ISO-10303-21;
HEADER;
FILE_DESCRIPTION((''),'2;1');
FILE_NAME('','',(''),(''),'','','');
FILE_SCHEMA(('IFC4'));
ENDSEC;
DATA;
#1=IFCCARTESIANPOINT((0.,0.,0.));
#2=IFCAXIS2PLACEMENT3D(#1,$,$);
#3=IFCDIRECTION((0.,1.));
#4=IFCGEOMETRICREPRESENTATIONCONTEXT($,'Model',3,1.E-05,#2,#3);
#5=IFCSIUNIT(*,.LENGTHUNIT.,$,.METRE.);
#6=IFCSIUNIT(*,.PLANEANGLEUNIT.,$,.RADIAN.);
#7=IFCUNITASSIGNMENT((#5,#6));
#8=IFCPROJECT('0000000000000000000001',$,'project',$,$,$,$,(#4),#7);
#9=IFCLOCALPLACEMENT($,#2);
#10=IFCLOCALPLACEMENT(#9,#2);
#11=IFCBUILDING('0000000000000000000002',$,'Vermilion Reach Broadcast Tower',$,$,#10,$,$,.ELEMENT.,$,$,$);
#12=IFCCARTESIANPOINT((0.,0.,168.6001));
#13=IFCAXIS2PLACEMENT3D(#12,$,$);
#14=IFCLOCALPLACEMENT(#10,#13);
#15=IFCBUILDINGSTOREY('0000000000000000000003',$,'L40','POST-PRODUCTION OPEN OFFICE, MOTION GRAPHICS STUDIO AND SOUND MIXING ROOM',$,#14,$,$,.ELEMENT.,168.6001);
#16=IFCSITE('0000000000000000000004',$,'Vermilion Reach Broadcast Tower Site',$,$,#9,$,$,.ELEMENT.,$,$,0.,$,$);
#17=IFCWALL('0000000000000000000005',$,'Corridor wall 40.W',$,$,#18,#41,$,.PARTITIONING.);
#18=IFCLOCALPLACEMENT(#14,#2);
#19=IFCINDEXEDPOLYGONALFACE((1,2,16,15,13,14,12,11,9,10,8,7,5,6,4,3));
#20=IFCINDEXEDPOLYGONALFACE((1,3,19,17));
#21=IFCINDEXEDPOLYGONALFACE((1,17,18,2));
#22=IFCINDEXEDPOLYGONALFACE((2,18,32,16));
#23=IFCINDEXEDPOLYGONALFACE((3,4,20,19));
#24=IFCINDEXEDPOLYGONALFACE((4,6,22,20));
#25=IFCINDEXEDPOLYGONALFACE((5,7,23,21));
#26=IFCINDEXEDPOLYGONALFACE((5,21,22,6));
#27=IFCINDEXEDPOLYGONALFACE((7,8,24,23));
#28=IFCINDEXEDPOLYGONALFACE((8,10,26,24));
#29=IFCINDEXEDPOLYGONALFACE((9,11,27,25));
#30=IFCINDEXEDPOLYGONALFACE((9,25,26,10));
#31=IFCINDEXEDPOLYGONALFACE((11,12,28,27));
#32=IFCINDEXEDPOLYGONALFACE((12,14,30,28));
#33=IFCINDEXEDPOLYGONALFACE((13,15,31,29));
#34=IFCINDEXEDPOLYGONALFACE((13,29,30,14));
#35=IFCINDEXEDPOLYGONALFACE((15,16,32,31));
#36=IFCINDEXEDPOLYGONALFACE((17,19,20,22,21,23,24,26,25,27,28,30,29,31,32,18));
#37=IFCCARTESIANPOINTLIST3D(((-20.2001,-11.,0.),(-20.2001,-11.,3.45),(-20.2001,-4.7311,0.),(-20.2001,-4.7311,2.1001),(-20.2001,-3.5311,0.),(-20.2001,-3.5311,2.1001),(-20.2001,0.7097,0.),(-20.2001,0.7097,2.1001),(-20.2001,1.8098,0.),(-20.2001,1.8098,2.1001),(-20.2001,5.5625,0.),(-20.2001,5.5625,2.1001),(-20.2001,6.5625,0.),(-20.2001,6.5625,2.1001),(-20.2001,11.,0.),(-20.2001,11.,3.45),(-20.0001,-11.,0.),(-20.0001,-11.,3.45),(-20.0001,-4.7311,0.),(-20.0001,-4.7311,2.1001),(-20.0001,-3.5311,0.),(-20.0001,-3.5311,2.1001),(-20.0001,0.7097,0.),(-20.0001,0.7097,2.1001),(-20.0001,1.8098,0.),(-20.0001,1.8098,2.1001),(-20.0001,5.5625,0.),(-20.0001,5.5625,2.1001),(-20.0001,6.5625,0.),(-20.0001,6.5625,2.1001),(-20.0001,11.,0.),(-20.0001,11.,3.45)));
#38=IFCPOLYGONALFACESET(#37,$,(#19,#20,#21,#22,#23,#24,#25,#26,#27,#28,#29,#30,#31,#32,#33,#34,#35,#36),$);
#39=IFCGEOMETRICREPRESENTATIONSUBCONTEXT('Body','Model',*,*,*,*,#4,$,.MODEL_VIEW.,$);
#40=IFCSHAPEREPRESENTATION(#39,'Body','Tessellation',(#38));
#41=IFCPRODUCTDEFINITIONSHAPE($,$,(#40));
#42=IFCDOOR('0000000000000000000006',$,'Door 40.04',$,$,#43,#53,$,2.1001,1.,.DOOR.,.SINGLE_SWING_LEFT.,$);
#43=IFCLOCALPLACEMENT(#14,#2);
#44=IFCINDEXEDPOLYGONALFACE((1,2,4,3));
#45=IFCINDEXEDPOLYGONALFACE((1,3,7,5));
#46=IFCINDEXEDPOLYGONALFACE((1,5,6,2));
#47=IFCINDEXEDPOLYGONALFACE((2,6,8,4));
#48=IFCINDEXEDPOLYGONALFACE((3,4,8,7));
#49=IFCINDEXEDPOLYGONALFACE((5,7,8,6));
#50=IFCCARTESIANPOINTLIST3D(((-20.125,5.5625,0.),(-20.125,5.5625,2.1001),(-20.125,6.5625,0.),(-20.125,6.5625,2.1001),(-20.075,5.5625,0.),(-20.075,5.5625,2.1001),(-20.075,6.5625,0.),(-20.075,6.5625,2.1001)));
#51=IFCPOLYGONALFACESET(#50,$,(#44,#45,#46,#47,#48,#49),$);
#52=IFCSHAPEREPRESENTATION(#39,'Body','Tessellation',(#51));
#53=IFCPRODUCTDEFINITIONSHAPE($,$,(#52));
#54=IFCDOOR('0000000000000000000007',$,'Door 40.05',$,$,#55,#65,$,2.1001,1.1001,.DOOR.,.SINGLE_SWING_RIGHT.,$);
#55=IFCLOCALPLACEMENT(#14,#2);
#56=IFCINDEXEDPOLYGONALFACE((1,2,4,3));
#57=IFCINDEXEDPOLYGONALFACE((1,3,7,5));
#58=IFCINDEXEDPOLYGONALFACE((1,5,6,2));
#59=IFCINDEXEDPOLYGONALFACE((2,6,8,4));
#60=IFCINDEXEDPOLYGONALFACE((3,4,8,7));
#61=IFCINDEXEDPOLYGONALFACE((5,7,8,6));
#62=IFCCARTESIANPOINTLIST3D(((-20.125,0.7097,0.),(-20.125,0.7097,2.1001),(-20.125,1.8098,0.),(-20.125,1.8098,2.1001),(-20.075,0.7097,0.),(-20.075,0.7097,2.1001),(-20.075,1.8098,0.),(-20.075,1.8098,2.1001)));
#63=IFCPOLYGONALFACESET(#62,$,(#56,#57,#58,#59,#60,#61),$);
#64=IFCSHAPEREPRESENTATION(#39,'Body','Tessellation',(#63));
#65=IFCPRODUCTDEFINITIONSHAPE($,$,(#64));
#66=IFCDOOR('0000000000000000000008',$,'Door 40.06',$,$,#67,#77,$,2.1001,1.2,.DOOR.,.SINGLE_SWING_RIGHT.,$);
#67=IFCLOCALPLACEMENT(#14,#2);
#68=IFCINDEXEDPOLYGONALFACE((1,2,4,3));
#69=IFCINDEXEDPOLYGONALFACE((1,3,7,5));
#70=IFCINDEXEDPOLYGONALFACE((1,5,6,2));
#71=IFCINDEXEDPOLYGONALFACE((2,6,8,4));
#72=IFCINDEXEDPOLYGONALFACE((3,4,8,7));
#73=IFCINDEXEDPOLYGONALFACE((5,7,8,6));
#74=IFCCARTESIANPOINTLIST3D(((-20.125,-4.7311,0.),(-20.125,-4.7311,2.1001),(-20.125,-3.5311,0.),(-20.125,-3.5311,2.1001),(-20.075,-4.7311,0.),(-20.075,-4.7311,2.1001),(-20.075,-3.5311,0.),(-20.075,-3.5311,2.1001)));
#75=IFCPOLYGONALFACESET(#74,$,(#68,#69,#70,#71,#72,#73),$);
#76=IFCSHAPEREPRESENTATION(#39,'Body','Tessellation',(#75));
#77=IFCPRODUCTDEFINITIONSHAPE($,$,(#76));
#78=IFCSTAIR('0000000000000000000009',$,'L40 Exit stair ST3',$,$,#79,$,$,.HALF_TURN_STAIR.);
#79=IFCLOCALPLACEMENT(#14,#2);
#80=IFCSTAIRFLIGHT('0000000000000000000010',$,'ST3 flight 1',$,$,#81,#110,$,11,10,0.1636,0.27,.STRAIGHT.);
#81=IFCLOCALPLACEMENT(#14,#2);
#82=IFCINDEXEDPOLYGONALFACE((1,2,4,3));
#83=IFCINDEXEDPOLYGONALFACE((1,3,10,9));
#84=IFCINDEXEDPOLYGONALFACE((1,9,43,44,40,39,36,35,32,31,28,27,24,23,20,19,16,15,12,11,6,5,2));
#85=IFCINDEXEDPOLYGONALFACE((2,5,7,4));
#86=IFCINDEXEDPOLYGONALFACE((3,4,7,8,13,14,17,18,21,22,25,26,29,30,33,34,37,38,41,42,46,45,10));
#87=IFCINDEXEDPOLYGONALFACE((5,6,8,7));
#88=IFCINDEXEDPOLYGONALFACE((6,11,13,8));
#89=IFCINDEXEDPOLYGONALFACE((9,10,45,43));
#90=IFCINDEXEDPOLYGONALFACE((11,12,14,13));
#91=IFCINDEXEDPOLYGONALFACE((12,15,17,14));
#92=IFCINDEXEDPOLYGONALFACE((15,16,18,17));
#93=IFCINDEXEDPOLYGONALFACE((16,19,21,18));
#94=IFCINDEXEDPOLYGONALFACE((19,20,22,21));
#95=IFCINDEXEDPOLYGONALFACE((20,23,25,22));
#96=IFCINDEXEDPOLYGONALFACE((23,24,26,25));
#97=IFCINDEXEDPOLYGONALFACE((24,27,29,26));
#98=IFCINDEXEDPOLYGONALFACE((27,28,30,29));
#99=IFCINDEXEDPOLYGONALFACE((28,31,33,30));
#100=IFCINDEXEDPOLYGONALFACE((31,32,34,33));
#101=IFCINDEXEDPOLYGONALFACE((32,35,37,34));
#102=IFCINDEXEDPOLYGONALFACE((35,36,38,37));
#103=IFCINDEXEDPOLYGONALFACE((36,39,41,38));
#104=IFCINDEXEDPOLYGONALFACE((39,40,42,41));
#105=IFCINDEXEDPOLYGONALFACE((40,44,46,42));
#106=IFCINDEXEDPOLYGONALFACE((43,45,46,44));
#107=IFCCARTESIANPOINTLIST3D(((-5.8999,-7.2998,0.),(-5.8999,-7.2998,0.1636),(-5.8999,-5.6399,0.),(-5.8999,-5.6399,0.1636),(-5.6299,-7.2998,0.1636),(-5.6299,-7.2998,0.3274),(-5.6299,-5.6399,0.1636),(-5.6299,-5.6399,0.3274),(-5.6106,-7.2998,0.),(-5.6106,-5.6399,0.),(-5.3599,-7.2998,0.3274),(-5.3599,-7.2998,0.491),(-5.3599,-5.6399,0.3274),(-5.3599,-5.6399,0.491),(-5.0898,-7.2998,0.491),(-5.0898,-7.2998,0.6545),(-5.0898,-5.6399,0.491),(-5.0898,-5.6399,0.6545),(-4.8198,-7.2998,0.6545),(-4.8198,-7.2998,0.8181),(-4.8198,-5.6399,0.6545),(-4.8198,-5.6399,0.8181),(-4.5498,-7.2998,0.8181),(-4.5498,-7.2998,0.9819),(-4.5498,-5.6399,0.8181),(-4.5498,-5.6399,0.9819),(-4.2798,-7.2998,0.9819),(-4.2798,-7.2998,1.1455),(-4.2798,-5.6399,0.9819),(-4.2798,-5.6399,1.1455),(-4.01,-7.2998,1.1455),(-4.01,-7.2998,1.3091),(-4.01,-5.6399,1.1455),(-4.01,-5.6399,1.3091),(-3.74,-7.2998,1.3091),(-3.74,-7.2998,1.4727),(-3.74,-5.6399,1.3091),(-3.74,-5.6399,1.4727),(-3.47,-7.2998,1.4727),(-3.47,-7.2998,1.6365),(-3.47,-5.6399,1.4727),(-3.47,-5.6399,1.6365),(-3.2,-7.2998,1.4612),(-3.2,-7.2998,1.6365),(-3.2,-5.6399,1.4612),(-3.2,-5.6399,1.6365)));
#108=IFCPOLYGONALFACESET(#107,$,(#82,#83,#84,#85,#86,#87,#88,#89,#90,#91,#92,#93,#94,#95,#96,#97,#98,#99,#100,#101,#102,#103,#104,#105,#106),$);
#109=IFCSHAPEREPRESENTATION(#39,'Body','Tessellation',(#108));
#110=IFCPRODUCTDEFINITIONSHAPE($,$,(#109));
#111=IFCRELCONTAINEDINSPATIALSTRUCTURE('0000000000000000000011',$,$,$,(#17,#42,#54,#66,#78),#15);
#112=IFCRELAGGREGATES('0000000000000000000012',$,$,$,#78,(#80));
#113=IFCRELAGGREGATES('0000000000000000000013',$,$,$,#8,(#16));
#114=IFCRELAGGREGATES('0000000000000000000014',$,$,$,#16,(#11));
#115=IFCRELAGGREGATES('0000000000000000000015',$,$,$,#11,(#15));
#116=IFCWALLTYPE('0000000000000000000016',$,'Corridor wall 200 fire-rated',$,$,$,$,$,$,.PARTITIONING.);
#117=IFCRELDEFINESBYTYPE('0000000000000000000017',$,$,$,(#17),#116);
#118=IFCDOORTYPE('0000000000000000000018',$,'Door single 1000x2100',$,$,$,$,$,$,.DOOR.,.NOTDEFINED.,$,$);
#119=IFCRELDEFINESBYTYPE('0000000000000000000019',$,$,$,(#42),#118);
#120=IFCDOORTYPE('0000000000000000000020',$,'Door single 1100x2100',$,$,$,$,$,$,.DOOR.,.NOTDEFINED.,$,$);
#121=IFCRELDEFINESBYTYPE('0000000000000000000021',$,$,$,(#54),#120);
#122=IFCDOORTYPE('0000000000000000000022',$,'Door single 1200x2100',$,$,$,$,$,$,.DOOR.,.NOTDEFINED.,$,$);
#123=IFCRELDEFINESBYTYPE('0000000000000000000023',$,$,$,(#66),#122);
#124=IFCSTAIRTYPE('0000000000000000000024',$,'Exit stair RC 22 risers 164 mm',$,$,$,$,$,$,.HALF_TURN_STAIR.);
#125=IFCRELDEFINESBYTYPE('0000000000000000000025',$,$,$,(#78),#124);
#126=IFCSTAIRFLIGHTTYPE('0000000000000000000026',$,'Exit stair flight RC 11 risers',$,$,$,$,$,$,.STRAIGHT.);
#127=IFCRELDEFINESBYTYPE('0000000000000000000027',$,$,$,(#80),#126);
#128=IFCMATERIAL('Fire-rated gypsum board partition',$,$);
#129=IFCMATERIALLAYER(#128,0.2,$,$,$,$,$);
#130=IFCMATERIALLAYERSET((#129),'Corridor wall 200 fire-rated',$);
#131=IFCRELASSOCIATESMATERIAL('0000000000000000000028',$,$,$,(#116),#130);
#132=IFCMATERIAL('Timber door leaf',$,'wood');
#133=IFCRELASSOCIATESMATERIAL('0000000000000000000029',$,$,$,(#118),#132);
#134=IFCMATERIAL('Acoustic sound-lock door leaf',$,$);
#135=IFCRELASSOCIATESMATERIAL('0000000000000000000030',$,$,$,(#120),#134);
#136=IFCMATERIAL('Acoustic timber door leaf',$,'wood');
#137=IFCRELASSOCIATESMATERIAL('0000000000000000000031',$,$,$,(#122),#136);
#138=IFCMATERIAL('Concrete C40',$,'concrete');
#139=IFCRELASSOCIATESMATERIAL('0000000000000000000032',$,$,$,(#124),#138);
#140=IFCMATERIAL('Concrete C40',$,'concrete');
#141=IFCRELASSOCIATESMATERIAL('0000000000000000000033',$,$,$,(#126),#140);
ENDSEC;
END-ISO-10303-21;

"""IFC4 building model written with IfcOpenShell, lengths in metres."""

from ifc_helpers import new_model, si_unit, direction, frame, frame_2d, origin, place, context, subcontext, project, spatial, polyline, rectangle, outline, extrude, material, layer, layer_set, type_object, element, fill, aggregate, save


model = new_model("IFC4")

# Units and contexts
model_context = context("Model", 3, precision=1e-05, world=origin(), true_north=direction((0.0, 1.0)))
body_context = subcontext(model_context, "Body", "Model", "MODEL_VIEW")
ifc_project = project(units=[si_unit("LENGTHUNIT", "METRE"), si_unit("PLANEANGLEUNIT", "RADIAN")], contexts=[model_context])

# Site, building, storey
site_placement = place(None, origin())
site = spatial("IfcSite", under=ifc_project, at=site_placement, Name="Vermilion Reach Broadcast Tower Site", CompositionType="ELEMENT", RefElevation=0.0)
building_placement = place(site_placement, origin())
building = spatial("IfcBuilding", under=site, at=building_placement, Name="Vermilion Reach Broadcast Tower", CompositionType="ELEMENT")
storey_placement = place(building_placement, frame((0.0, 0.0, 168.6001)))
storey = spatial("IfcBuildingStorey", under=building, at=storey_placement, Name="L40", Description="POST-PRODUCTION OPEN OFFICE, MOTION GRAPHICS STUDIO AND SOUND MIXING ROOM", CompositionType="ELEMENT", Elevation=168.6001)

# Wall, openings, doors
ifc_material_1 = material(Name="Fire-rated gypsum board partition")
ifc_layer_1 = layer(ifc_material_1, 0.2)
ifc_layer_set_1 = layer_set([ifc_layer_1], Name="Corridor wall 200 fire-rated")
wall_type_1 = type_object("IfcWallType", Name="Corridor wall 200 fire-rated", PredefinedType="PARTITIONING", material=ifc_layer_set_1)
wall_1_placement = place(storey_placement, frame((-20.1001, -11.0, 0.0), z_axis=(0.0, 0.0, 1.0), x_axis=(0.0, 1.0, 0.0)))
wall_1 = element("IfcWall", 1, at=wall_1_placement, inside=storey, type_object=wall_type_1, Name="Corridor wall 40.W", PredefinedType="PARTITIONING", context=body_context, shape_type="SweptSolid", body=[
    extrude(rectangle(XDim=22.0, YDim=0.2, at=frame_2d((11.0, 0.0))), origin(), (0.0, 0.0, 1.0), 3.45),
])
opening_1_placement = place(wall_1_placement, frame((16.5625, 0.0, 0.0)))
opening_1 = element("IfcOpeningElement", 2, at=opening_1_placement, cuts=wall_1, PredefinedType="OPENING", context=body_context, shape_type="SweptSolid", body=[
    extrude(rectangle(XDim=1.0, YDim=2.1001, at=frame_2d((0.5, 1.05))), frame((0.0, 0.1099, 0.0), z_axis=(0.0, -1.0, 0.0), x_axis=(1.0, 0.0, 0.0)), (0.0, 0.0, 1.0), 0.22),
])
opening_2_placement = place(wall_1_placement, frame((11.7097, 0.0, 0.0)))
opening_2 = element("IfcOpeningElement", 3, at=opening_2_placement, cuts=wall_1, PredefinedType="OPENING", context=body_context, shape_type="SweptSolid", body=[
    extrude(rectangle(XDim=1.1001, YDim=2.1001, at=frame_2d((0.55, 1.05))), frame((0.0, 0.1099, 0.0), z_axis=(0.0, -1.0, 0.0), x_axis=(1.0, 0.0, 0.0)), (0.0, 0.0, 1.0), 0.22),
])
opening_3_placement = place(wall_1_placement, frame((6.2688, 0.0, 0.0)))
opening_3 = element("IfcOpeningElement", 4, at=opening_3_placement, cuts=wall_1, PredefinedType="OPENING", context=body_context, shape_type="SweptSolid", body=[
    extrude(rectangle(XDim=1.2, YDim=2.1001, at=frame_2d((0.6001, 1.05))), frame((0.0, 0.1099, 0.0), z_axis=(0.0, -1.0, 0.0), x_axis=(1.0, 0.0, 0.0)), (0.0, 0.0, 1.0), 0.22),
])
ifc_material_2 = material(Name="Timber door leaf", Category="wood")
door_type_1 = type_object("IfcDoorType", Name="Door single 1000x2100", OperationType="NOTDEFINED", PredefinedType="DOOR", material=ifc_material_2)
door_1_placement = place(opening_1_placement, origin())
door_1 = element("IfcDoor", 5, at=door_1_placement, inside=storey, type_object=door_type_1, Name="Door 40.04", OperationType="SINGLE_SWING_LEFT", OverallHeight=2.1001, OverallWidth=1.0, PredefinedType="DOOR", context=body_context, shape_type="SweptSolid", body=[
    extrude(rectangle(XDim=1.0, YDim=2.1001, at=frame_2d((0.5, 1.05))), frame((0.0, 0.0249, 0.0), z_axis=(0.0, -1.0, 0.0), x_axis=(1.0, 0.0, 0.0)), (0.0, 0.0, 1.0), 0.05),
])
fill(opening_1, door_1)
ifc_material_3 = material(Name="Acoustic sound-lock door leaf")
door_type_2 = type_object("IfcDoorType", Name="Door single 1100x2100", OperationType="NOTDEFINED", PredefinedType="DOOR", material=ifc_material_3)
door_2_placement = place(opening_2_placement, origin())
door_2 = element("IfcDoor", 6, at=door_2_placement, inside=storey, type_object=door_type_2, Name="Door 40.05", OperationType="SINGLE_SWING_RIGHT", OverallHeight=2.1001, OverallWidth=1.1001, PredefinedType="DOOR", context=body_context, shape_type="SweptSolid", body=[
    extrude(rectangle(XDim=1.1001, YDim=2.1001, at=frame_2d((0.55, 1.05))), frame((0.0, 0.0249, 0.0), z_axis=(0.0, -1.0, 0.0), x_axis=(1.0, 0.0, 0.0)), (0.0, 0.0, 1.0), 0.05),
])
fill(opening_2, door_2)
ifc_material_4 = material(Name="Acoustic timber door leaf", Category="wood")
door_type_3 = type_object("IfcDoorType", Name="Door single 1200x2100", OperationType="NOTDEFINED", PredefinedType="DOOR", material=ifc_material_4)
door_3_placement = place(opening_3_placement, origin())
door_3 = element("IfcDoor", 7, at=door_3_placement, inside=storey, type_object=door_type_3, Name="Door 40.06", OperationType="SINGLE_SWING_RIGHT", OverallHeight=2.1001, OverallWidth=1.2, PredefinedType="DOOR", context=body_context, shape_type="SweptSolid", body=[
    extrude(rectangle(XDim=1.2, YDim=2.1001, at=frame_2d((0.6001, 1.05))), frame((0.0, 0.0249, 0.0), z_axis=(0.0, -1.0, 0.0), x_axis=(1.0, 0.0, 0.0)), (0.0, 0.0, 1.0), 0.05),
])
fill(opening_3, door_3)

# Stair, stair flight
ifc_material_5 = material(Name="Concrete C40", Category="concrete")
stair_type = type_object("IfcStairType", Name="Exit stair RC 22 risers 164 mm", PredefinedType="HALF_TURN_STAIR", material=ifc_material_5)
stair_placement = place(storey_placement, origin())
stair = element("IfcStair", 8, at=stair_placement, inside=storey, type_object=stair_type, Name="L40 Exit stair ST3", PredefinedType="HALF_TURN_STAIR")
ifc_material_6 = material(Name="Concrete C40", Category="concrete")
stair_flight_type = type_object("IfcStairFlightType", Name="Exit stair flight RC 11 risers", PredefinedType="STRAIGHT", material=ifc_material_6)
stair_flight_placement = place(storey_placement, frame((-5.8999, -6.47, 0.0), z_axis=(0.0, 0.0, 1.0), x_axis=(1.0, 0.0, 0.0)))
stair_flight = element("IfcStairFlight", 9, at=stair_flight_placement, type_object=stair_flight_type, Name="ST3 flight 1", NumberOfRisers=11, NumberOfTreads=10, PredefinedType="STRAIGHT", RiserHeight=0.1636, TreadLength=0.27, context=body_context, shape_type="SweptSolid", body=[
    extrude(outline(polyline([(0.0, 0.0), (0.0, 0.1636), (0.27, 0.1636), (0.27, 0.3274), (0.54, 0.3274), (0.54, 0.491), (0.8101, 0.491), (0.8101, 0.6545), (1.0801, 0.6545), (1.0801, 0.8181), (1.3501, 0.8181), (1.3501, 0.9819), (1.6201, 0.9819), (1.6201, 1.1455), (1.8899, 1.1455), (1.8899, 1.3091), (2.1599, 1.3091), (2.1599, 1.4727), (2.4299, 1.4727), (2.4299, 1.6365), (2.7, 1.6365), (2.7, 1.8), (2.7, 1.4612), (0.2893, 0.0), (0.0, 0.0)])), frame((0.0, 0.8301, 0.0), z_axis=(0.0, -1.0, 0.0), x_axis=(1.0, 0.0, 0.0)), (0.0, 0.0, 1.0), 1.6599),
])
aggregate(stair, [stair_flight])

save(model, "model.ifc")
